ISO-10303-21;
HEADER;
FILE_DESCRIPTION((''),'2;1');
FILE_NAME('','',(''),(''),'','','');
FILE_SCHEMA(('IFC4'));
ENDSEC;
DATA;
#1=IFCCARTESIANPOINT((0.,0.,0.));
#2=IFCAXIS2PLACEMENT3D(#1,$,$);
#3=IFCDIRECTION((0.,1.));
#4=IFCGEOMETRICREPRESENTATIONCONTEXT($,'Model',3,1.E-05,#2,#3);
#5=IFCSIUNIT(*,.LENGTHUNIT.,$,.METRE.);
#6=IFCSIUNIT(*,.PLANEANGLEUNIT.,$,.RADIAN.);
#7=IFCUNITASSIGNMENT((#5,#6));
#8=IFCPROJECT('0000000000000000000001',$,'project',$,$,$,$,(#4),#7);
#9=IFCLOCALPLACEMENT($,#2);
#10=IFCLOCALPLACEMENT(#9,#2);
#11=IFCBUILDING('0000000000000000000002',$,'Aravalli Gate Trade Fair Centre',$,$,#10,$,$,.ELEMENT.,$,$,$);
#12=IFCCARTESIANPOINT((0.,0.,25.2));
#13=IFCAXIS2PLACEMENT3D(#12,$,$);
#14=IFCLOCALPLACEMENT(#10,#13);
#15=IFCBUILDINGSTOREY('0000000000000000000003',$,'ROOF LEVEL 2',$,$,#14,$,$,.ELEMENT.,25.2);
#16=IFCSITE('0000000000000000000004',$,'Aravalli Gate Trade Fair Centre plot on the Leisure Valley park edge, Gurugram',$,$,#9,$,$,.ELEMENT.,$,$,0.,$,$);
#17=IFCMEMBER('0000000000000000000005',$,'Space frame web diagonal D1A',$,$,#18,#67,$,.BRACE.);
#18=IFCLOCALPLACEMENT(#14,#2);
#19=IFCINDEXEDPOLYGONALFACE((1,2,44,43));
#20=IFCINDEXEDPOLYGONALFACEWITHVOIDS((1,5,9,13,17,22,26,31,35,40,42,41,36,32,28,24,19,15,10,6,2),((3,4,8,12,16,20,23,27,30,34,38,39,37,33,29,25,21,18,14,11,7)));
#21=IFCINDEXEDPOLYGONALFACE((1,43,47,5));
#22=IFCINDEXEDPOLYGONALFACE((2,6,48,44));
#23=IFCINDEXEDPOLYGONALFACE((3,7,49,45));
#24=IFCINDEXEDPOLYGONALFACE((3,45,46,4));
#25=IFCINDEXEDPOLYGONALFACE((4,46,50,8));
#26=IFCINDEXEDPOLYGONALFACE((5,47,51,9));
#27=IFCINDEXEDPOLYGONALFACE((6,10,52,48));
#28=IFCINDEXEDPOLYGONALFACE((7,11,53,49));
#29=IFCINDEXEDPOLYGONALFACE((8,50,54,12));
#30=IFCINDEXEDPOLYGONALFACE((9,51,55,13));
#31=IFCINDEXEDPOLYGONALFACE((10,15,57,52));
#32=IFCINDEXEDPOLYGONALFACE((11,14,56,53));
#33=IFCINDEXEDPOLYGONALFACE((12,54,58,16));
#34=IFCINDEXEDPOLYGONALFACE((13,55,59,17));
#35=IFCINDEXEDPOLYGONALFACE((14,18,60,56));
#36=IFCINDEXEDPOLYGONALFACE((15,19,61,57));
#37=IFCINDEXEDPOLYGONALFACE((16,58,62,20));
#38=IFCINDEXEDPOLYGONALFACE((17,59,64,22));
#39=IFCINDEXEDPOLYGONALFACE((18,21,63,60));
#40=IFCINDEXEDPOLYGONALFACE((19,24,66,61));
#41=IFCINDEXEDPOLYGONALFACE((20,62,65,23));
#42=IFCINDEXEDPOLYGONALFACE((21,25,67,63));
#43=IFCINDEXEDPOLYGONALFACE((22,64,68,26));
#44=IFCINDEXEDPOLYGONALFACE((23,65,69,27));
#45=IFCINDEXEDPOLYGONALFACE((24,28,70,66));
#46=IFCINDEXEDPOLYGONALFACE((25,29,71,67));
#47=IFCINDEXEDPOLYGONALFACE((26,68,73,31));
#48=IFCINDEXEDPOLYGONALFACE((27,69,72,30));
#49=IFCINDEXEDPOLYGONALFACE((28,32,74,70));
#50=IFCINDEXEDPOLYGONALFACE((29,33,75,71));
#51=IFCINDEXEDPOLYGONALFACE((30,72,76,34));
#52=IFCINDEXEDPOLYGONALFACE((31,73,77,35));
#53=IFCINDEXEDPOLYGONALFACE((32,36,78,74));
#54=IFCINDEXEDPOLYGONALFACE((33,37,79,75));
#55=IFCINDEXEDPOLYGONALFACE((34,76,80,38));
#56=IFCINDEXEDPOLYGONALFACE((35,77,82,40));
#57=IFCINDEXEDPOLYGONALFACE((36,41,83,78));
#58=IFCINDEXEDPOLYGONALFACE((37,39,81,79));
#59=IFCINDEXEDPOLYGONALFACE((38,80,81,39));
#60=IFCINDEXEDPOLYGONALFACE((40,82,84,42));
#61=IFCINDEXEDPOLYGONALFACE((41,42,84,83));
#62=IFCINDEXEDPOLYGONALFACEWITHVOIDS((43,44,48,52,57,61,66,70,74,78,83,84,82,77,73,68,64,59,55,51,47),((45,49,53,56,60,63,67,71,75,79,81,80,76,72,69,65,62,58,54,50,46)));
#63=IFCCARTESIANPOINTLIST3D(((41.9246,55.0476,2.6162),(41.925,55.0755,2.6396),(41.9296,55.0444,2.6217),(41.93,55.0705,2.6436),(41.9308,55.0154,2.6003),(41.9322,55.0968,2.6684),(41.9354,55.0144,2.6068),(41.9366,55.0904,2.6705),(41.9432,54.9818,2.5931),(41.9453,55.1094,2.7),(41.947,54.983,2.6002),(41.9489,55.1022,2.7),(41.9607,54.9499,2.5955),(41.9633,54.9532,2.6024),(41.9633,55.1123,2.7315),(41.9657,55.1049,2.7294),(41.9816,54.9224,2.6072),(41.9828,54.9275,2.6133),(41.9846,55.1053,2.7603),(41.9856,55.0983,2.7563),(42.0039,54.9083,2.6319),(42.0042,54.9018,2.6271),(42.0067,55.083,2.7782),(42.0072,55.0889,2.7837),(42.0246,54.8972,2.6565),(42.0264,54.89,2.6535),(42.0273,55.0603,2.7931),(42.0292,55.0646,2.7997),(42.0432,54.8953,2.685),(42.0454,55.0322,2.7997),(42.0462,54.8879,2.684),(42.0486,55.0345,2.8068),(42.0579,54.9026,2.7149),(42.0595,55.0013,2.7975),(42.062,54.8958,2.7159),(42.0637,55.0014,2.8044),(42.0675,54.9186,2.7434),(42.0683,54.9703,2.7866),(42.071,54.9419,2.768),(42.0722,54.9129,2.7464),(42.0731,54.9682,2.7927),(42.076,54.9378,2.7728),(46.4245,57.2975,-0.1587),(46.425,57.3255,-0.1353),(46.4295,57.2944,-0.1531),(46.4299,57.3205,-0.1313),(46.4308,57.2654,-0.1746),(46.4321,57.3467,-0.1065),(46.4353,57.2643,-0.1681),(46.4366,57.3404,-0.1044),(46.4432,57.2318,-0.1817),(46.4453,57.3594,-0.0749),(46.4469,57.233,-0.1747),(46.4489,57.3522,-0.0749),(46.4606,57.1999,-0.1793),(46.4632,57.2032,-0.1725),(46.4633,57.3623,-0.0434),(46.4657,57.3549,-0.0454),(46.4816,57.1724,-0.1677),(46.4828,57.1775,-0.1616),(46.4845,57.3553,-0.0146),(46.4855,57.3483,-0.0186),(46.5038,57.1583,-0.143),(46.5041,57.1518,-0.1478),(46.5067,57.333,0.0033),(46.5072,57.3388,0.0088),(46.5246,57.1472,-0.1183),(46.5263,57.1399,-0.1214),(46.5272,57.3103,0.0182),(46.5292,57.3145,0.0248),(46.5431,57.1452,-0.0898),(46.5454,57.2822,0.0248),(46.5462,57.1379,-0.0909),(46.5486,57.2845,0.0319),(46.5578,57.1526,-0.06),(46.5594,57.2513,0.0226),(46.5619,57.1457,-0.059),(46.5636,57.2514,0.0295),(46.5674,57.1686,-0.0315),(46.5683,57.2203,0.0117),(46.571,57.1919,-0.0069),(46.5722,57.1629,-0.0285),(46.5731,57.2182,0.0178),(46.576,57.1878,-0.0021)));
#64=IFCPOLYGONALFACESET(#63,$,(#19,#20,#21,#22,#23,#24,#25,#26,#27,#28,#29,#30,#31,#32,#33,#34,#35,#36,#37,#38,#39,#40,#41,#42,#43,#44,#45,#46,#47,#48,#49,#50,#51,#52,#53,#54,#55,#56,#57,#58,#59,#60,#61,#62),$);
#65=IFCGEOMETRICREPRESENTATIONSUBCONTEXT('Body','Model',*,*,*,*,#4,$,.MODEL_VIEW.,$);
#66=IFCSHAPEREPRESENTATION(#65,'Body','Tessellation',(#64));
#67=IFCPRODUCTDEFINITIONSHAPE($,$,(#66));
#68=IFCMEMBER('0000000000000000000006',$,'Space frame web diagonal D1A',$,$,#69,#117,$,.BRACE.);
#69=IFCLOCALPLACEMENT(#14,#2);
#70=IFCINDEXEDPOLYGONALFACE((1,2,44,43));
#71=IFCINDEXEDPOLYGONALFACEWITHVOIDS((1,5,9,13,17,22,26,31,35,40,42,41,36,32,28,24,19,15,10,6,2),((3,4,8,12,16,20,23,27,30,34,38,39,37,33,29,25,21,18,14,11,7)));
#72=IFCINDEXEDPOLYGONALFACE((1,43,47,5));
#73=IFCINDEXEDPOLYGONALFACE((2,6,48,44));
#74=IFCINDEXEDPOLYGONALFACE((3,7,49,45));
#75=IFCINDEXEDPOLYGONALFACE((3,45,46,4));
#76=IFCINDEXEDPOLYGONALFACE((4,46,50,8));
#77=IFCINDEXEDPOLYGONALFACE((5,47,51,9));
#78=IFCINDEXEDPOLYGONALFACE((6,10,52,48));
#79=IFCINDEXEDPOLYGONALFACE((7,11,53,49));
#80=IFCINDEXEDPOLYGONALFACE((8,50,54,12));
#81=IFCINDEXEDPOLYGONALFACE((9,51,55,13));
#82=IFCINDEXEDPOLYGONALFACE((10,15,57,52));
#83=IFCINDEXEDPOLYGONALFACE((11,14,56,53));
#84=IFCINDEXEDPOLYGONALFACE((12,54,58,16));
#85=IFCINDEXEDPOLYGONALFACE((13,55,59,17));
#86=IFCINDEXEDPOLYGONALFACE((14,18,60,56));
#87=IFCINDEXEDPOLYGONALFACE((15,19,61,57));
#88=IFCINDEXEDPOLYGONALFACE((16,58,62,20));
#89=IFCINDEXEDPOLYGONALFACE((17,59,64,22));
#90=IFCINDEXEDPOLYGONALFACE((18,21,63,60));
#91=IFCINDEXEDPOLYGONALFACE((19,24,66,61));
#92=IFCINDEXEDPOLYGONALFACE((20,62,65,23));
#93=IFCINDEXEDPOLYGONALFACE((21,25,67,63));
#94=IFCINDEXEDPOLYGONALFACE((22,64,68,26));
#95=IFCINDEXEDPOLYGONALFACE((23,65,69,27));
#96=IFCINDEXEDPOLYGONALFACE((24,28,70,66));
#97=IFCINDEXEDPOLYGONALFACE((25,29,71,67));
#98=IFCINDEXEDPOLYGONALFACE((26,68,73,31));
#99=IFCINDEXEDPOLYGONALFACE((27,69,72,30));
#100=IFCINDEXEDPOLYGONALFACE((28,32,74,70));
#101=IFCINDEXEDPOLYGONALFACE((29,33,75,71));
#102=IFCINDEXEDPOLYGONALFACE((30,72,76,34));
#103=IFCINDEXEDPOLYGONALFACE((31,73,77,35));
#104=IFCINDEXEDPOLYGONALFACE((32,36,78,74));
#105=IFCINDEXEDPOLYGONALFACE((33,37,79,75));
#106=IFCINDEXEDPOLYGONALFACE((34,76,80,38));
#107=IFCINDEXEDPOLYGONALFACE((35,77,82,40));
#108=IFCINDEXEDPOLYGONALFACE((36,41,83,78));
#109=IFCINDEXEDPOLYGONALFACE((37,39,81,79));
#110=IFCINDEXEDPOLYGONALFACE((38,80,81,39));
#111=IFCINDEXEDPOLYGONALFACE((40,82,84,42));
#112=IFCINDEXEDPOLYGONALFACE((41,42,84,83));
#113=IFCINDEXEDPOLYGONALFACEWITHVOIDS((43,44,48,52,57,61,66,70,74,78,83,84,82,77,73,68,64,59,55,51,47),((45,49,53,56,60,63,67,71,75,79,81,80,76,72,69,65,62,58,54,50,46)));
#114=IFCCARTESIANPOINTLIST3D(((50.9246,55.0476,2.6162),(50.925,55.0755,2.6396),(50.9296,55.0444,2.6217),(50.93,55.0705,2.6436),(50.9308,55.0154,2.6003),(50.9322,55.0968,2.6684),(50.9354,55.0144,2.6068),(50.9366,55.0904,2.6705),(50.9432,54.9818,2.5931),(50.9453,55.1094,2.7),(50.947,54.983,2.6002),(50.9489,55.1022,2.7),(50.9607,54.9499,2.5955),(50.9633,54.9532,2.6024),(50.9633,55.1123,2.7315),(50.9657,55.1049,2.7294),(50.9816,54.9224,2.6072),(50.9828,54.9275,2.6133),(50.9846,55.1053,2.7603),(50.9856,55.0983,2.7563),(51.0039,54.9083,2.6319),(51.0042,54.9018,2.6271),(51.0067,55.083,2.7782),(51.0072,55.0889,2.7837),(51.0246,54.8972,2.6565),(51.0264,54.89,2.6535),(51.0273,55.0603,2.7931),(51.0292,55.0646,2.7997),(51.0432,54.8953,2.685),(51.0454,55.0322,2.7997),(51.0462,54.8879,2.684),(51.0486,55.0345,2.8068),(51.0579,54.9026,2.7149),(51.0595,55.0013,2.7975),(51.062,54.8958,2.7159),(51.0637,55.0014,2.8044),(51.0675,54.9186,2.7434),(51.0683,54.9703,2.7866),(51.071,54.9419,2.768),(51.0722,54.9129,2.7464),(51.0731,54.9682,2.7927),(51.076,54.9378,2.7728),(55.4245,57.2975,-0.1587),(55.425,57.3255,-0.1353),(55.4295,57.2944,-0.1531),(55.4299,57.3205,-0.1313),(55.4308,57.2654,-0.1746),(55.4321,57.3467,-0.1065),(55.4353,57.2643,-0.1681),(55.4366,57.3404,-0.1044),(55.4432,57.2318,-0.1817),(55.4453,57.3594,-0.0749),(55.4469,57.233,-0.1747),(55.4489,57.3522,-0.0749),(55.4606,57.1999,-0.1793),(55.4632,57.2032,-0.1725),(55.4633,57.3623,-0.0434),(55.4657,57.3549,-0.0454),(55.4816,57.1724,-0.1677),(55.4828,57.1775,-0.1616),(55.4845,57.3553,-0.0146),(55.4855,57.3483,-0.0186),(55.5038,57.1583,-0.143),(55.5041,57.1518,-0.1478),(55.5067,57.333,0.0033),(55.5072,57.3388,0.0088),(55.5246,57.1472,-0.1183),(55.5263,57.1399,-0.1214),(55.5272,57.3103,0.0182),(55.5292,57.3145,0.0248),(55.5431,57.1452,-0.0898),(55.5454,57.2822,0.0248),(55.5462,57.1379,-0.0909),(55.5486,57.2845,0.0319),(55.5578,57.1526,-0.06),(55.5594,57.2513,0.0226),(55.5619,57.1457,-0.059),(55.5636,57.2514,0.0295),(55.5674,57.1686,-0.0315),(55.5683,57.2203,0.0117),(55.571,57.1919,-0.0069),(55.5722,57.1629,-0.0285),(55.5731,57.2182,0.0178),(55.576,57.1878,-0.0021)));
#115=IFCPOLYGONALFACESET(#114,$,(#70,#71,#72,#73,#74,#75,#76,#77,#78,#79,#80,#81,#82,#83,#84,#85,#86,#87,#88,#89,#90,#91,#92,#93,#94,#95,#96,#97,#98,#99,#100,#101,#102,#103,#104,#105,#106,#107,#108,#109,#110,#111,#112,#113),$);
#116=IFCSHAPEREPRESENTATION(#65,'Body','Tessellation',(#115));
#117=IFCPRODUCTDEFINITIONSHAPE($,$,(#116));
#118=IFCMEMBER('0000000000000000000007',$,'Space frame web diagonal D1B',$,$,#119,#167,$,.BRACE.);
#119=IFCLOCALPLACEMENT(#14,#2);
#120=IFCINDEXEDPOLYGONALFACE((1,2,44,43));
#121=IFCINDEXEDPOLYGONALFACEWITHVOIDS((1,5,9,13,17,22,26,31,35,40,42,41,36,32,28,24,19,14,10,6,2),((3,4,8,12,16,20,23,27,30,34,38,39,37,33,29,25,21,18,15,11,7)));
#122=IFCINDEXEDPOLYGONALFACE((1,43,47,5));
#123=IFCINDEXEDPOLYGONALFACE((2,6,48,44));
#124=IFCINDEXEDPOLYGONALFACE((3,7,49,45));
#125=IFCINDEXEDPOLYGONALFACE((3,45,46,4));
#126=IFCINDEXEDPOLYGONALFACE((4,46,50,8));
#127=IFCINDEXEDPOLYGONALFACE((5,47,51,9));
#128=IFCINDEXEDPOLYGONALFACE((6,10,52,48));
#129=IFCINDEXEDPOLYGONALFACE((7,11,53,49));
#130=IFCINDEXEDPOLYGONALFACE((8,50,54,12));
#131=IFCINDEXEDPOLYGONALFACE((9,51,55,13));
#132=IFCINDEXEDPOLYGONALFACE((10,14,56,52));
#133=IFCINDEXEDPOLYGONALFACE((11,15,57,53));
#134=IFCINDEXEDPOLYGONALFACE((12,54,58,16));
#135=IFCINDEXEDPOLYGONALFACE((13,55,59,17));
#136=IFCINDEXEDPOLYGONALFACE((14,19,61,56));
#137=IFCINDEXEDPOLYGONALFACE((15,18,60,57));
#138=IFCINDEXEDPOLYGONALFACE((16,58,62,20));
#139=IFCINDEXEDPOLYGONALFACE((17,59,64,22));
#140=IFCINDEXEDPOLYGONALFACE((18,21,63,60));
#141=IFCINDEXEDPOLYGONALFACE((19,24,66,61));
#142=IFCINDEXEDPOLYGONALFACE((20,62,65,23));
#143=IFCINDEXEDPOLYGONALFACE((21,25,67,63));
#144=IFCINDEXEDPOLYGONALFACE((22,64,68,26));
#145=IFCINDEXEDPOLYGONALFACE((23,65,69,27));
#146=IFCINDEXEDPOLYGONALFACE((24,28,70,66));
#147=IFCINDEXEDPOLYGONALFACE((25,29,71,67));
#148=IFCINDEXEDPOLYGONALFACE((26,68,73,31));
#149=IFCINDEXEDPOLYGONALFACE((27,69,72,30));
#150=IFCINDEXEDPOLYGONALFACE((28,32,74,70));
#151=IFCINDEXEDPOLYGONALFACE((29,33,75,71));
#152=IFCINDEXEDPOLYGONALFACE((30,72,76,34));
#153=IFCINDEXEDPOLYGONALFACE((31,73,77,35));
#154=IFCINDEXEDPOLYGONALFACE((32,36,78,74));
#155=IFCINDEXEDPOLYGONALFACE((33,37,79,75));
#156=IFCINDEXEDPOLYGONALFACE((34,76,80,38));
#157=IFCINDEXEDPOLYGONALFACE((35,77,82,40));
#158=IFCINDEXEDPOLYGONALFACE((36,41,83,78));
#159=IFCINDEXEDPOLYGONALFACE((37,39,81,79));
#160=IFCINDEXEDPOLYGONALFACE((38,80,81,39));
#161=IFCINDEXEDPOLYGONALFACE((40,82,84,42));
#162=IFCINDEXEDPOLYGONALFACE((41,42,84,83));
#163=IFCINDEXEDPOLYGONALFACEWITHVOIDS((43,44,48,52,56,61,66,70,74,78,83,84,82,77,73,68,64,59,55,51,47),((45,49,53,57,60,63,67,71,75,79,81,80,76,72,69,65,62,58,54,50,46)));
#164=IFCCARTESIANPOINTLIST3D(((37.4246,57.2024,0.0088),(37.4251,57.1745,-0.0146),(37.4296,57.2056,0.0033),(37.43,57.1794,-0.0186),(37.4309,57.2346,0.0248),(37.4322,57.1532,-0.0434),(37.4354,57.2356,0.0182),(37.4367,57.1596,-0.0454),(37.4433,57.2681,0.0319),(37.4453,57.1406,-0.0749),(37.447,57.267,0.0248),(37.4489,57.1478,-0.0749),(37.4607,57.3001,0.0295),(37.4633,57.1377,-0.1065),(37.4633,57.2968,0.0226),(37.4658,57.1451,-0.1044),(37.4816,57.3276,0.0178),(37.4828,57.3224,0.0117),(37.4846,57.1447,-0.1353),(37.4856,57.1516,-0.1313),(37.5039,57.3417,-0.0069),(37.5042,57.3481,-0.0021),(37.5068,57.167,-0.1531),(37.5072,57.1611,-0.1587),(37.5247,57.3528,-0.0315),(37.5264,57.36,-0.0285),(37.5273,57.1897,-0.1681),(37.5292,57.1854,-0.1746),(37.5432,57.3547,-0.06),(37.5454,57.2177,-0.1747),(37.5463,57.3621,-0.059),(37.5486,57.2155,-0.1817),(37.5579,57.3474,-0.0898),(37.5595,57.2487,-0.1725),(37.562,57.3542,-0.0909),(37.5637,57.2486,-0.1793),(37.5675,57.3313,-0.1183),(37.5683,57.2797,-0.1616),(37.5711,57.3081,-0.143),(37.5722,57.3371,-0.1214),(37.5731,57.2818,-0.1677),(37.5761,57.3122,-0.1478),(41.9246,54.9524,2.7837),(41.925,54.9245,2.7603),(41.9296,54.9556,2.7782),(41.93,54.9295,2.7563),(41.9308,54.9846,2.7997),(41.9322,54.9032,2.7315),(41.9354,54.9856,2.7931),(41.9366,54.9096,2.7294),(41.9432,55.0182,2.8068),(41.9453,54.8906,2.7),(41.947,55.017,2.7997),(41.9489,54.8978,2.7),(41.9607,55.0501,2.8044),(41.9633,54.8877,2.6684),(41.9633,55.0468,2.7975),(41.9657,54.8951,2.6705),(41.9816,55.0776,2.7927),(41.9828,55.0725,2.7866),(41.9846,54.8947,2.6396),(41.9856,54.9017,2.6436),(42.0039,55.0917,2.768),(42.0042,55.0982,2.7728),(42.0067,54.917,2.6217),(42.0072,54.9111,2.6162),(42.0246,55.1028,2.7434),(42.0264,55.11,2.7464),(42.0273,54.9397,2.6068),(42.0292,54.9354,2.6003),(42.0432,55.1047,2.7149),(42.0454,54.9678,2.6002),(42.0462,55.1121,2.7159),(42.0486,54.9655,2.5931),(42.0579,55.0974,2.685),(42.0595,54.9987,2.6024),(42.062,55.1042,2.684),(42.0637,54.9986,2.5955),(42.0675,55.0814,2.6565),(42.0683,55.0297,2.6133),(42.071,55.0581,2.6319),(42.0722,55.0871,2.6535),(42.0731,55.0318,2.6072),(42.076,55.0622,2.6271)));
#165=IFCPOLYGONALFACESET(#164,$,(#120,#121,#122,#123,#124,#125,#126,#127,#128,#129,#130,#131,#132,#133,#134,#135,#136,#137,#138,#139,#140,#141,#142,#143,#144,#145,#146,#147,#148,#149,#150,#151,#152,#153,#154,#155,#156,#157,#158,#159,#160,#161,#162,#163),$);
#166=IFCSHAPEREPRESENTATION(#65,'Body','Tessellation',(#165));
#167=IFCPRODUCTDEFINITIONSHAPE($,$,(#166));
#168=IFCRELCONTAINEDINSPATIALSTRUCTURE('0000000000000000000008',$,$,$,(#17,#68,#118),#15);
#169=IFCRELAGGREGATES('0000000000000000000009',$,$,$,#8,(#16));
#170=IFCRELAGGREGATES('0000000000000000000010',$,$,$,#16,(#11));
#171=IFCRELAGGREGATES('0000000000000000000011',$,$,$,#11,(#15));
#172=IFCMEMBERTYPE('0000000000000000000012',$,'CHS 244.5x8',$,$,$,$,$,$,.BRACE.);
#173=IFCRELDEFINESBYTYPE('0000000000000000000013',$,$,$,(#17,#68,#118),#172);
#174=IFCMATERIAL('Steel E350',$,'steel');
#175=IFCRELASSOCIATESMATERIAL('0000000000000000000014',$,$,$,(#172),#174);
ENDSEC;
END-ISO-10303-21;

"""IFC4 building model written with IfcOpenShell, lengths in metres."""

from ifc_helpers import new_model, si_unit, direction, frame, origin, origin_2d, place, context, subcontext, project, spatial, hollow_circle, extrude, material, material_profile, profile_set, type_object, element, save


model = new_model("IFC4")

# Units and contexts
model_context = context("Model", 3, precision=1e-05, world=origin(), true_north=direction((0.0, 1.0)))
body_context = subcontext(model_context, "Body", "Model", "MODEL_VIEW")
ifc_project = project(units=[si_unit("LENGTHUNIT", "METRE"), si_unit("PLANEANGLEUNIT", "RADIAN")], contexts=[model_context])

# Site, building, storey
site_placement = place(None, origin())
site = spatial("IfcSite", under=ifc_project, at=site_placement, Name="Aravalli Gate Trade Fair Centre plot on the Leisure Valley park edge, Gurugram", CompositionType="ELEMENT", RefElevation=0.0)
building_placement = place(site_placement, origin())
building = spatial("IfcBuilding", under=site, at=building_placement, Name="Aravalli Gate Trade Fair Centre", CompositionType="ELEMENT")
storey_placement = place(building_placement, frame((0.0, 0.0, 25.2)))
storey = spatial("IfcBuildingStorey", under=building, at=storey_placement, Name="ROOF LEVEL 2", CompositionType="ELEMENT", Elevation=25.2)

# Members
ifc_material = material(Name="Steel E350", Category="steel")
ifc_material_profile_1 = material_profile(ifc_material, hollow_circle(Radius=0.1223, WallThickness=0.0081, at=origin_2d()), Name="CHS 244.5x8")
ifc_profile_set_1 = profile_set([ifc_material_profile_1], Name="Steel E350")
member_type_1 = type_object("IfcMemberType", Name="CHS 244.5x8", PredefinedType="BRACE", material=ifc_profile_set_1)
for number, where, z_axis, x_axis, name in (
    (1, (42.0, 55.0, 2.7), (0.7832, 0.3916, -0.482956), (-0.447214, 0.894427, 0.0), "Space frame web diagonal D1A"),
    (2, (51.0, 55.0, 2.7), (0.7832, 0.3916, -0.482956), (-0.447214, 0.894427, 0.0), "Space frame web diagonal D1A"),
    (3, (42.0, 55.0, 2.7), (-0.7832, 0.3916, -0.482956), (-0.447214, -0.894427, 0.0), "Space frame web diagonal D1B"),
):
    element("IfcMember", number, at=place(storey_placement, frame(where, z_axis=z_axis, x_axis=x_axis)), inside=storey, type_object=member_type_1, Name=name, PredefinedType="BRACE", context=body_context, shape_type="SweptSolid", body=[
        extrude(hollow_circle(Radius=0.1223, WallThickness=0.0081, at=origin_2d()), origin(), (0.0, 0.0, 1.0), 5.7456),
    ])

save(model, "model.ifc")
